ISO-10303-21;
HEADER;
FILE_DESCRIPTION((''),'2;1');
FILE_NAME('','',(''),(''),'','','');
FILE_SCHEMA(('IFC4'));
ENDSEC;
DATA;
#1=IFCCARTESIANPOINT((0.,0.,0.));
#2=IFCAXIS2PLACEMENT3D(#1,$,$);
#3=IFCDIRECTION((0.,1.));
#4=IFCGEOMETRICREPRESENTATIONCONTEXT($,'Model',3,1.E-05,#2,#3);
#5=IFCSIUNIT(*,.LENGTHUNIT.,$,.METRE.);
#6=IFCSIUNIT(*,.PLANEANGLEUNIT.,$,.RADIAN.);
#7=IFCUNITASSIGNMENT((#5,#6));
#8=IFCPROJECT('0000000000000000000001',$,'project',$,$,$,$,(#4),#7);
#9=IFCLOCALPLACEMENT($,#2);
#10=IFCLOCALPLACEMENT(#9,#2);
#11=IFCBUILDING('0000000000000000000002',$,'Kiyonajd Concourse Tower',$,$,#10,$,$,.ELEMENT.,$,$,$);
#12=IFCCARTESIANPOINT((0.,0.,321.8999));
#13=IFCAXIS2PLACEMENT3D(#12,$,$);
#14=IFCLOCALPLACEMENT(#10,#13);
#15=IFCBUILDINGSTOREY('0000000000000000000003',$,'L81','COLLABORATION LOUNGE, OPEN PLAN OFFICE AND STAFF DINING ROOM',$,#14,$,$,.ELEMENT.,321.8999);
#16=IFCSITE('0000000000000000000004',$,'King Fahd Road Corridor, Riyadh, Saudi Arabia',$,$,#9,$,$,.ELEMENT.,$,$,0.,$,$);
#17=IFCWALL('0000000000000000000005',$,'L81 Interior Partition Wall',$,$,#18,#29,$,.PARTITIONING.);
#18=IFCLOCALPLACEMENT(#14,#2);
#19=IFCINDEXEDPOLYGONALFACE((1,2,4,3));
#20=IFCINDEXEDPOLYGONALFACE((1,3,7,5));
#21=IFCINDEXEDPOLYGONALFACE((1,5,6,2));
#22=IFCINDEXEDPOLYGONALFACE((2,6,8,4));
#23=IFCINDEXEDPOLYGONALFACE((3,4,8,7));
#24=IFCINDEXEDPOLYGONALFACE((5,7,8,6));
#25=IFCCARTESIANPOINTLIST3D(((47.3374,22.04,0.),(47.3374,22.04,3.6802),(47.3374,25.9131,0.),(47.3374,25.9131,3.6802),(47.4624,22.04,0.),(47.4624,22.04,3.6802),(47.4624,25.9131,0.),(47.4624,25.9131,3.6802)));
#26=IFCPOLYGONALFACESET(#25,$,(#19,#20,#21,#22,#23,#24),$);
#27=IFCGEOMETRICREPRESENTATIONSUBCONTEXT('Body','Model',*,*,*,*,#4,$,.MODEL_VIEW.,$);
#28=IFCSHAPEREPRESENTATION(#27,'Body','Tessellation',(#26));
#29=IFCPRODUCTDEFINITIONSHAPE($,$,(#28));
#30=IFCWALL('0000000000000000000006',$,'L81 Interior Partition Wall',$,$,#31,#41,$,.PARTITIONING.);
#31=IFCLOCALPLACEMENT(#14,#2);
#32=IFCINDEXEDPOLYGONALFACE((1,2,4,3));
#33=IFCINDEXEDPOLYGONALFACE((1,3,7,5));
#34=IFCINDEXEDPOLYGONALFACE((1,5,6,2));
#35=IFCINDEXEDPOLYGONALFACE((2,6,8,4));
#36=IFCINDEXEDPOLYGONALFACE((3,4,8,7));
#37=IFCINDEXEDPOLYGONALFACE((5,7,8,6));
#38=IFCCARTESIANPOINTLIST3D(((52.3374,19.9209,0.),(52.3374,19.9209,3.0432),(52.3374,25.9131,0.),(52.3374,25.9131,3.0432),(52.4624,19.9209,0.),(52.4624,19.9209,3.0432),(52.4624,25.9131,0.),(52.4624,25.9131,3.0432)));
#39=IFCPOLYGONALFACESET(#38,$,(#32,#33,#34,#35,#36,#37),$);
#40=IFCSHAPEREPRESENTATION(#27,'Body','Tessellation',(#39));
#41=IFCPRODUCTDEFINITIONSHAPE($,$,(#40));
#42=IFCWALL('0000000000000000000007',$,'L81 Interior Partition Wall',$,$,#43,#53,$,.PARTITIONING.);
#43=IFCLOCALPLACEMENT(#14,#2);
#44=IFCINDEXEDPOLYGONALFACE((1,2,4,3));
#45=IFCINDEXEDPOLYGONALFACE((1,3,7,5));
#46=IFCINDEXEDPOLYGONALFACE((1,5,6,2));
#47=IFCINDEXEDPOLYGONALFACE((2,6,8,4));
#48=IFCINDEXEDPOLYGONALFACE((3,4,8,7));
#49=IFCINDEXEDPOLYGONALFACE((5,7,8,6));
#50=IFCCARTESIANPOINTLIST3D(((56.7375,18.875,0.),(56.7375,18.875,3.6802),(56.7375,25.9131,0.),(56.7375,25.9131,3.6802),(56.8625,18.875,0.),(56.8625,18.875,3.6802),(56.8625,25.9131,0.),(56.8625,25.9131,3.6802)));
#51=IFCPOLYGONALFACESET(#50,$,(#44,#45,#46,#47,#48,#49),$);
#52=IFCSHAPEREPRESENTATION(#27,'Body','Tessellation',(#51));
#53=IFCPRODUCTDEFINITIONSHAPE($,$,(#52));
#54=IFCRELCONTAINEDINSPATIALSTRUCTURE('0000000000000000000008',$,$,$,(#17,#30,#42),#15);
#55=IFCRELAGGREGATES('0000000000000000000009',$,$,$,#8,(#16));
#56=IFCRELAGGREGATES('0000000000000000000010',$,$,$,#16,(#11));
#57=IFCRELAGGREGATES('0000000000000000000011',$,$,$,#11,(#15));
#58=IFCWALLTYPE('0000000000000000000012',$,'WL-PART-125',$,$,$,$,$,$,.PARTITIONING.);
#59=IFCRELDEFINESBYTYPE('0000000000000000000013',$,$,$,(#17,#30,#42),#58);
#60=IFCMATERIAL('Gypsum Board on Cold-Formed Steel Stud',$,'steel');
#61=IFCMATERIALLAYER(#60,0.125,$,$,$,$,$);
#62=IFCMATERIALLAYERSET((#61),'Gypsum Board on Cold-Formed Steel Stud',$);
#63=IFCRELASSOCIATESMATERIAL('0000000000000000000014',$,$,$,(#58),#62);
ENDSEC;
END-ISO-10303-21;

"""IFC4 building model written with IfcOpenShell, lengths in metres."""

from ifc_helpers import new_model, si_unit, direction, frame, frame_2d, origin, place, context, subcontext, project, spatial, rectangle, extrude, material, layer, layer_set, type_object, element, save


model = new_model("IFC4")

# Units and contexts
model_context = context("Model", 3, precision=1e-05, world=origin(), true_north=direction((0.0, 1.0)))
body_context = subcontext(model_context, "Body", "Model", "MODEL_VIEW")
ifc_project = project(units=[si_unit("LENGTHUNIT", "METRE"), si_unit("PLANEANGLEUNIT", "RADIAN")], contexts=[model_context])

# Site, building, storey
site_placement = place(None, origin())
site = spatial("IfcSite", under=ifc_project, at=site_placement, Name="King Fahd Road Corridor, Riyadh, Saudi Arabia", CompositionType="ELEMENT", RefElevation=0.0)
building_placement = place(site_placement, origin())
building = spatial("IfcBuilding", under=site, at=building_placement, Name="Kiyonajd Concourse Tower", CompositionType="ELEMENT")
storey_placement = place(building_placement, frame((0.0, 0.0, 321.8999)))
storey = spatial("IfcBuildingStorey", under=building, at=storey_placement, Name="L81", Description="COLLABORATION LOUNGE, OPEN PLAN OFFICE AND STAFF DINING ROOM", CompositionType="ELEMENT", Elevation=321.8999)

# Walls
ifc_material_1 = material(Name="Gypsum Board on Cold-Formed Steel Stud", Category="steel")
ifc_layer_1 = layer(ifc_material_1, 0.125)
ifc_layer_set_1 = layer_set([ifc_layer_1], Name="Gypsum Board on Cold-Formed Steel Stud")
wall_type_1 = type_object("IfcWallType", Name="WL-PART-125", PredefinedType="PARTITIONING", material=ifc_layer_set_1)
wall_1_placement = place(storey_placement, frame((47.3999, 22.04, 0.0), z_axis=(0.0, 0.0, 1.0), x_axis=(0.0, 1.0, 0.0)))
element("IfcWall", 1, at=wall_1_placement, inside=storey, type_object=wall_type_1, Name="L81 Interior Partition Wall", PredefinedType="PARTITIONING", context=body_context, shape_type="SweptSolid", body=[
    extrude(rectangle(XDim=3.873, YDim=0.125, at=frame_2d((1.9365, 0.0))), origin(), (0.0, 0.0, 1.0), 3.6802),
])
wall_2_placement = place(storey_placement, frame((52.3999, 19.9209, 0.0), z_axis=(0.0, 0.0, 1.0), x_axis=(0.0, 1.0, 0.0)))
element("IfcWall", 2, at=wall_2_placement, inside=storey, type_object=wall_type_1, Name="L81 Interior Partition Wall", PredefinedType="PARTITIONING", context=body_context, shape_type="SweptSolid", body=[
    extrude(rectangle(XDim=5.9922, YDim=0.125, at=frame_2d((2.9961, 0.0))), origin(), (0.0, 0.0, 1.0), 3.0432),
])
wall_3_placement = place(storey_placement, frame((56.8, 18.875, 0.0), z_axis=(0.0, 0.0, 1.0), x_axis=(0.0, 1.0, 0.0)))
element("IfcWall", 3, at=wall_3_placement, inside=storey, type_object=wall_type_1, Name="L81 Interior Partition Wall", PredefinedType="PARTITIONING", context=body_context, shape_type="SweptSolid", body=[
    extrude(rectangle(XDim=7.0381, YDim=0.125, at=frame_2d((3.519, 0.0))), origin(), (0.0, 0.0, 1.0), 3.6802),
])

save(model, "model.ifc")
